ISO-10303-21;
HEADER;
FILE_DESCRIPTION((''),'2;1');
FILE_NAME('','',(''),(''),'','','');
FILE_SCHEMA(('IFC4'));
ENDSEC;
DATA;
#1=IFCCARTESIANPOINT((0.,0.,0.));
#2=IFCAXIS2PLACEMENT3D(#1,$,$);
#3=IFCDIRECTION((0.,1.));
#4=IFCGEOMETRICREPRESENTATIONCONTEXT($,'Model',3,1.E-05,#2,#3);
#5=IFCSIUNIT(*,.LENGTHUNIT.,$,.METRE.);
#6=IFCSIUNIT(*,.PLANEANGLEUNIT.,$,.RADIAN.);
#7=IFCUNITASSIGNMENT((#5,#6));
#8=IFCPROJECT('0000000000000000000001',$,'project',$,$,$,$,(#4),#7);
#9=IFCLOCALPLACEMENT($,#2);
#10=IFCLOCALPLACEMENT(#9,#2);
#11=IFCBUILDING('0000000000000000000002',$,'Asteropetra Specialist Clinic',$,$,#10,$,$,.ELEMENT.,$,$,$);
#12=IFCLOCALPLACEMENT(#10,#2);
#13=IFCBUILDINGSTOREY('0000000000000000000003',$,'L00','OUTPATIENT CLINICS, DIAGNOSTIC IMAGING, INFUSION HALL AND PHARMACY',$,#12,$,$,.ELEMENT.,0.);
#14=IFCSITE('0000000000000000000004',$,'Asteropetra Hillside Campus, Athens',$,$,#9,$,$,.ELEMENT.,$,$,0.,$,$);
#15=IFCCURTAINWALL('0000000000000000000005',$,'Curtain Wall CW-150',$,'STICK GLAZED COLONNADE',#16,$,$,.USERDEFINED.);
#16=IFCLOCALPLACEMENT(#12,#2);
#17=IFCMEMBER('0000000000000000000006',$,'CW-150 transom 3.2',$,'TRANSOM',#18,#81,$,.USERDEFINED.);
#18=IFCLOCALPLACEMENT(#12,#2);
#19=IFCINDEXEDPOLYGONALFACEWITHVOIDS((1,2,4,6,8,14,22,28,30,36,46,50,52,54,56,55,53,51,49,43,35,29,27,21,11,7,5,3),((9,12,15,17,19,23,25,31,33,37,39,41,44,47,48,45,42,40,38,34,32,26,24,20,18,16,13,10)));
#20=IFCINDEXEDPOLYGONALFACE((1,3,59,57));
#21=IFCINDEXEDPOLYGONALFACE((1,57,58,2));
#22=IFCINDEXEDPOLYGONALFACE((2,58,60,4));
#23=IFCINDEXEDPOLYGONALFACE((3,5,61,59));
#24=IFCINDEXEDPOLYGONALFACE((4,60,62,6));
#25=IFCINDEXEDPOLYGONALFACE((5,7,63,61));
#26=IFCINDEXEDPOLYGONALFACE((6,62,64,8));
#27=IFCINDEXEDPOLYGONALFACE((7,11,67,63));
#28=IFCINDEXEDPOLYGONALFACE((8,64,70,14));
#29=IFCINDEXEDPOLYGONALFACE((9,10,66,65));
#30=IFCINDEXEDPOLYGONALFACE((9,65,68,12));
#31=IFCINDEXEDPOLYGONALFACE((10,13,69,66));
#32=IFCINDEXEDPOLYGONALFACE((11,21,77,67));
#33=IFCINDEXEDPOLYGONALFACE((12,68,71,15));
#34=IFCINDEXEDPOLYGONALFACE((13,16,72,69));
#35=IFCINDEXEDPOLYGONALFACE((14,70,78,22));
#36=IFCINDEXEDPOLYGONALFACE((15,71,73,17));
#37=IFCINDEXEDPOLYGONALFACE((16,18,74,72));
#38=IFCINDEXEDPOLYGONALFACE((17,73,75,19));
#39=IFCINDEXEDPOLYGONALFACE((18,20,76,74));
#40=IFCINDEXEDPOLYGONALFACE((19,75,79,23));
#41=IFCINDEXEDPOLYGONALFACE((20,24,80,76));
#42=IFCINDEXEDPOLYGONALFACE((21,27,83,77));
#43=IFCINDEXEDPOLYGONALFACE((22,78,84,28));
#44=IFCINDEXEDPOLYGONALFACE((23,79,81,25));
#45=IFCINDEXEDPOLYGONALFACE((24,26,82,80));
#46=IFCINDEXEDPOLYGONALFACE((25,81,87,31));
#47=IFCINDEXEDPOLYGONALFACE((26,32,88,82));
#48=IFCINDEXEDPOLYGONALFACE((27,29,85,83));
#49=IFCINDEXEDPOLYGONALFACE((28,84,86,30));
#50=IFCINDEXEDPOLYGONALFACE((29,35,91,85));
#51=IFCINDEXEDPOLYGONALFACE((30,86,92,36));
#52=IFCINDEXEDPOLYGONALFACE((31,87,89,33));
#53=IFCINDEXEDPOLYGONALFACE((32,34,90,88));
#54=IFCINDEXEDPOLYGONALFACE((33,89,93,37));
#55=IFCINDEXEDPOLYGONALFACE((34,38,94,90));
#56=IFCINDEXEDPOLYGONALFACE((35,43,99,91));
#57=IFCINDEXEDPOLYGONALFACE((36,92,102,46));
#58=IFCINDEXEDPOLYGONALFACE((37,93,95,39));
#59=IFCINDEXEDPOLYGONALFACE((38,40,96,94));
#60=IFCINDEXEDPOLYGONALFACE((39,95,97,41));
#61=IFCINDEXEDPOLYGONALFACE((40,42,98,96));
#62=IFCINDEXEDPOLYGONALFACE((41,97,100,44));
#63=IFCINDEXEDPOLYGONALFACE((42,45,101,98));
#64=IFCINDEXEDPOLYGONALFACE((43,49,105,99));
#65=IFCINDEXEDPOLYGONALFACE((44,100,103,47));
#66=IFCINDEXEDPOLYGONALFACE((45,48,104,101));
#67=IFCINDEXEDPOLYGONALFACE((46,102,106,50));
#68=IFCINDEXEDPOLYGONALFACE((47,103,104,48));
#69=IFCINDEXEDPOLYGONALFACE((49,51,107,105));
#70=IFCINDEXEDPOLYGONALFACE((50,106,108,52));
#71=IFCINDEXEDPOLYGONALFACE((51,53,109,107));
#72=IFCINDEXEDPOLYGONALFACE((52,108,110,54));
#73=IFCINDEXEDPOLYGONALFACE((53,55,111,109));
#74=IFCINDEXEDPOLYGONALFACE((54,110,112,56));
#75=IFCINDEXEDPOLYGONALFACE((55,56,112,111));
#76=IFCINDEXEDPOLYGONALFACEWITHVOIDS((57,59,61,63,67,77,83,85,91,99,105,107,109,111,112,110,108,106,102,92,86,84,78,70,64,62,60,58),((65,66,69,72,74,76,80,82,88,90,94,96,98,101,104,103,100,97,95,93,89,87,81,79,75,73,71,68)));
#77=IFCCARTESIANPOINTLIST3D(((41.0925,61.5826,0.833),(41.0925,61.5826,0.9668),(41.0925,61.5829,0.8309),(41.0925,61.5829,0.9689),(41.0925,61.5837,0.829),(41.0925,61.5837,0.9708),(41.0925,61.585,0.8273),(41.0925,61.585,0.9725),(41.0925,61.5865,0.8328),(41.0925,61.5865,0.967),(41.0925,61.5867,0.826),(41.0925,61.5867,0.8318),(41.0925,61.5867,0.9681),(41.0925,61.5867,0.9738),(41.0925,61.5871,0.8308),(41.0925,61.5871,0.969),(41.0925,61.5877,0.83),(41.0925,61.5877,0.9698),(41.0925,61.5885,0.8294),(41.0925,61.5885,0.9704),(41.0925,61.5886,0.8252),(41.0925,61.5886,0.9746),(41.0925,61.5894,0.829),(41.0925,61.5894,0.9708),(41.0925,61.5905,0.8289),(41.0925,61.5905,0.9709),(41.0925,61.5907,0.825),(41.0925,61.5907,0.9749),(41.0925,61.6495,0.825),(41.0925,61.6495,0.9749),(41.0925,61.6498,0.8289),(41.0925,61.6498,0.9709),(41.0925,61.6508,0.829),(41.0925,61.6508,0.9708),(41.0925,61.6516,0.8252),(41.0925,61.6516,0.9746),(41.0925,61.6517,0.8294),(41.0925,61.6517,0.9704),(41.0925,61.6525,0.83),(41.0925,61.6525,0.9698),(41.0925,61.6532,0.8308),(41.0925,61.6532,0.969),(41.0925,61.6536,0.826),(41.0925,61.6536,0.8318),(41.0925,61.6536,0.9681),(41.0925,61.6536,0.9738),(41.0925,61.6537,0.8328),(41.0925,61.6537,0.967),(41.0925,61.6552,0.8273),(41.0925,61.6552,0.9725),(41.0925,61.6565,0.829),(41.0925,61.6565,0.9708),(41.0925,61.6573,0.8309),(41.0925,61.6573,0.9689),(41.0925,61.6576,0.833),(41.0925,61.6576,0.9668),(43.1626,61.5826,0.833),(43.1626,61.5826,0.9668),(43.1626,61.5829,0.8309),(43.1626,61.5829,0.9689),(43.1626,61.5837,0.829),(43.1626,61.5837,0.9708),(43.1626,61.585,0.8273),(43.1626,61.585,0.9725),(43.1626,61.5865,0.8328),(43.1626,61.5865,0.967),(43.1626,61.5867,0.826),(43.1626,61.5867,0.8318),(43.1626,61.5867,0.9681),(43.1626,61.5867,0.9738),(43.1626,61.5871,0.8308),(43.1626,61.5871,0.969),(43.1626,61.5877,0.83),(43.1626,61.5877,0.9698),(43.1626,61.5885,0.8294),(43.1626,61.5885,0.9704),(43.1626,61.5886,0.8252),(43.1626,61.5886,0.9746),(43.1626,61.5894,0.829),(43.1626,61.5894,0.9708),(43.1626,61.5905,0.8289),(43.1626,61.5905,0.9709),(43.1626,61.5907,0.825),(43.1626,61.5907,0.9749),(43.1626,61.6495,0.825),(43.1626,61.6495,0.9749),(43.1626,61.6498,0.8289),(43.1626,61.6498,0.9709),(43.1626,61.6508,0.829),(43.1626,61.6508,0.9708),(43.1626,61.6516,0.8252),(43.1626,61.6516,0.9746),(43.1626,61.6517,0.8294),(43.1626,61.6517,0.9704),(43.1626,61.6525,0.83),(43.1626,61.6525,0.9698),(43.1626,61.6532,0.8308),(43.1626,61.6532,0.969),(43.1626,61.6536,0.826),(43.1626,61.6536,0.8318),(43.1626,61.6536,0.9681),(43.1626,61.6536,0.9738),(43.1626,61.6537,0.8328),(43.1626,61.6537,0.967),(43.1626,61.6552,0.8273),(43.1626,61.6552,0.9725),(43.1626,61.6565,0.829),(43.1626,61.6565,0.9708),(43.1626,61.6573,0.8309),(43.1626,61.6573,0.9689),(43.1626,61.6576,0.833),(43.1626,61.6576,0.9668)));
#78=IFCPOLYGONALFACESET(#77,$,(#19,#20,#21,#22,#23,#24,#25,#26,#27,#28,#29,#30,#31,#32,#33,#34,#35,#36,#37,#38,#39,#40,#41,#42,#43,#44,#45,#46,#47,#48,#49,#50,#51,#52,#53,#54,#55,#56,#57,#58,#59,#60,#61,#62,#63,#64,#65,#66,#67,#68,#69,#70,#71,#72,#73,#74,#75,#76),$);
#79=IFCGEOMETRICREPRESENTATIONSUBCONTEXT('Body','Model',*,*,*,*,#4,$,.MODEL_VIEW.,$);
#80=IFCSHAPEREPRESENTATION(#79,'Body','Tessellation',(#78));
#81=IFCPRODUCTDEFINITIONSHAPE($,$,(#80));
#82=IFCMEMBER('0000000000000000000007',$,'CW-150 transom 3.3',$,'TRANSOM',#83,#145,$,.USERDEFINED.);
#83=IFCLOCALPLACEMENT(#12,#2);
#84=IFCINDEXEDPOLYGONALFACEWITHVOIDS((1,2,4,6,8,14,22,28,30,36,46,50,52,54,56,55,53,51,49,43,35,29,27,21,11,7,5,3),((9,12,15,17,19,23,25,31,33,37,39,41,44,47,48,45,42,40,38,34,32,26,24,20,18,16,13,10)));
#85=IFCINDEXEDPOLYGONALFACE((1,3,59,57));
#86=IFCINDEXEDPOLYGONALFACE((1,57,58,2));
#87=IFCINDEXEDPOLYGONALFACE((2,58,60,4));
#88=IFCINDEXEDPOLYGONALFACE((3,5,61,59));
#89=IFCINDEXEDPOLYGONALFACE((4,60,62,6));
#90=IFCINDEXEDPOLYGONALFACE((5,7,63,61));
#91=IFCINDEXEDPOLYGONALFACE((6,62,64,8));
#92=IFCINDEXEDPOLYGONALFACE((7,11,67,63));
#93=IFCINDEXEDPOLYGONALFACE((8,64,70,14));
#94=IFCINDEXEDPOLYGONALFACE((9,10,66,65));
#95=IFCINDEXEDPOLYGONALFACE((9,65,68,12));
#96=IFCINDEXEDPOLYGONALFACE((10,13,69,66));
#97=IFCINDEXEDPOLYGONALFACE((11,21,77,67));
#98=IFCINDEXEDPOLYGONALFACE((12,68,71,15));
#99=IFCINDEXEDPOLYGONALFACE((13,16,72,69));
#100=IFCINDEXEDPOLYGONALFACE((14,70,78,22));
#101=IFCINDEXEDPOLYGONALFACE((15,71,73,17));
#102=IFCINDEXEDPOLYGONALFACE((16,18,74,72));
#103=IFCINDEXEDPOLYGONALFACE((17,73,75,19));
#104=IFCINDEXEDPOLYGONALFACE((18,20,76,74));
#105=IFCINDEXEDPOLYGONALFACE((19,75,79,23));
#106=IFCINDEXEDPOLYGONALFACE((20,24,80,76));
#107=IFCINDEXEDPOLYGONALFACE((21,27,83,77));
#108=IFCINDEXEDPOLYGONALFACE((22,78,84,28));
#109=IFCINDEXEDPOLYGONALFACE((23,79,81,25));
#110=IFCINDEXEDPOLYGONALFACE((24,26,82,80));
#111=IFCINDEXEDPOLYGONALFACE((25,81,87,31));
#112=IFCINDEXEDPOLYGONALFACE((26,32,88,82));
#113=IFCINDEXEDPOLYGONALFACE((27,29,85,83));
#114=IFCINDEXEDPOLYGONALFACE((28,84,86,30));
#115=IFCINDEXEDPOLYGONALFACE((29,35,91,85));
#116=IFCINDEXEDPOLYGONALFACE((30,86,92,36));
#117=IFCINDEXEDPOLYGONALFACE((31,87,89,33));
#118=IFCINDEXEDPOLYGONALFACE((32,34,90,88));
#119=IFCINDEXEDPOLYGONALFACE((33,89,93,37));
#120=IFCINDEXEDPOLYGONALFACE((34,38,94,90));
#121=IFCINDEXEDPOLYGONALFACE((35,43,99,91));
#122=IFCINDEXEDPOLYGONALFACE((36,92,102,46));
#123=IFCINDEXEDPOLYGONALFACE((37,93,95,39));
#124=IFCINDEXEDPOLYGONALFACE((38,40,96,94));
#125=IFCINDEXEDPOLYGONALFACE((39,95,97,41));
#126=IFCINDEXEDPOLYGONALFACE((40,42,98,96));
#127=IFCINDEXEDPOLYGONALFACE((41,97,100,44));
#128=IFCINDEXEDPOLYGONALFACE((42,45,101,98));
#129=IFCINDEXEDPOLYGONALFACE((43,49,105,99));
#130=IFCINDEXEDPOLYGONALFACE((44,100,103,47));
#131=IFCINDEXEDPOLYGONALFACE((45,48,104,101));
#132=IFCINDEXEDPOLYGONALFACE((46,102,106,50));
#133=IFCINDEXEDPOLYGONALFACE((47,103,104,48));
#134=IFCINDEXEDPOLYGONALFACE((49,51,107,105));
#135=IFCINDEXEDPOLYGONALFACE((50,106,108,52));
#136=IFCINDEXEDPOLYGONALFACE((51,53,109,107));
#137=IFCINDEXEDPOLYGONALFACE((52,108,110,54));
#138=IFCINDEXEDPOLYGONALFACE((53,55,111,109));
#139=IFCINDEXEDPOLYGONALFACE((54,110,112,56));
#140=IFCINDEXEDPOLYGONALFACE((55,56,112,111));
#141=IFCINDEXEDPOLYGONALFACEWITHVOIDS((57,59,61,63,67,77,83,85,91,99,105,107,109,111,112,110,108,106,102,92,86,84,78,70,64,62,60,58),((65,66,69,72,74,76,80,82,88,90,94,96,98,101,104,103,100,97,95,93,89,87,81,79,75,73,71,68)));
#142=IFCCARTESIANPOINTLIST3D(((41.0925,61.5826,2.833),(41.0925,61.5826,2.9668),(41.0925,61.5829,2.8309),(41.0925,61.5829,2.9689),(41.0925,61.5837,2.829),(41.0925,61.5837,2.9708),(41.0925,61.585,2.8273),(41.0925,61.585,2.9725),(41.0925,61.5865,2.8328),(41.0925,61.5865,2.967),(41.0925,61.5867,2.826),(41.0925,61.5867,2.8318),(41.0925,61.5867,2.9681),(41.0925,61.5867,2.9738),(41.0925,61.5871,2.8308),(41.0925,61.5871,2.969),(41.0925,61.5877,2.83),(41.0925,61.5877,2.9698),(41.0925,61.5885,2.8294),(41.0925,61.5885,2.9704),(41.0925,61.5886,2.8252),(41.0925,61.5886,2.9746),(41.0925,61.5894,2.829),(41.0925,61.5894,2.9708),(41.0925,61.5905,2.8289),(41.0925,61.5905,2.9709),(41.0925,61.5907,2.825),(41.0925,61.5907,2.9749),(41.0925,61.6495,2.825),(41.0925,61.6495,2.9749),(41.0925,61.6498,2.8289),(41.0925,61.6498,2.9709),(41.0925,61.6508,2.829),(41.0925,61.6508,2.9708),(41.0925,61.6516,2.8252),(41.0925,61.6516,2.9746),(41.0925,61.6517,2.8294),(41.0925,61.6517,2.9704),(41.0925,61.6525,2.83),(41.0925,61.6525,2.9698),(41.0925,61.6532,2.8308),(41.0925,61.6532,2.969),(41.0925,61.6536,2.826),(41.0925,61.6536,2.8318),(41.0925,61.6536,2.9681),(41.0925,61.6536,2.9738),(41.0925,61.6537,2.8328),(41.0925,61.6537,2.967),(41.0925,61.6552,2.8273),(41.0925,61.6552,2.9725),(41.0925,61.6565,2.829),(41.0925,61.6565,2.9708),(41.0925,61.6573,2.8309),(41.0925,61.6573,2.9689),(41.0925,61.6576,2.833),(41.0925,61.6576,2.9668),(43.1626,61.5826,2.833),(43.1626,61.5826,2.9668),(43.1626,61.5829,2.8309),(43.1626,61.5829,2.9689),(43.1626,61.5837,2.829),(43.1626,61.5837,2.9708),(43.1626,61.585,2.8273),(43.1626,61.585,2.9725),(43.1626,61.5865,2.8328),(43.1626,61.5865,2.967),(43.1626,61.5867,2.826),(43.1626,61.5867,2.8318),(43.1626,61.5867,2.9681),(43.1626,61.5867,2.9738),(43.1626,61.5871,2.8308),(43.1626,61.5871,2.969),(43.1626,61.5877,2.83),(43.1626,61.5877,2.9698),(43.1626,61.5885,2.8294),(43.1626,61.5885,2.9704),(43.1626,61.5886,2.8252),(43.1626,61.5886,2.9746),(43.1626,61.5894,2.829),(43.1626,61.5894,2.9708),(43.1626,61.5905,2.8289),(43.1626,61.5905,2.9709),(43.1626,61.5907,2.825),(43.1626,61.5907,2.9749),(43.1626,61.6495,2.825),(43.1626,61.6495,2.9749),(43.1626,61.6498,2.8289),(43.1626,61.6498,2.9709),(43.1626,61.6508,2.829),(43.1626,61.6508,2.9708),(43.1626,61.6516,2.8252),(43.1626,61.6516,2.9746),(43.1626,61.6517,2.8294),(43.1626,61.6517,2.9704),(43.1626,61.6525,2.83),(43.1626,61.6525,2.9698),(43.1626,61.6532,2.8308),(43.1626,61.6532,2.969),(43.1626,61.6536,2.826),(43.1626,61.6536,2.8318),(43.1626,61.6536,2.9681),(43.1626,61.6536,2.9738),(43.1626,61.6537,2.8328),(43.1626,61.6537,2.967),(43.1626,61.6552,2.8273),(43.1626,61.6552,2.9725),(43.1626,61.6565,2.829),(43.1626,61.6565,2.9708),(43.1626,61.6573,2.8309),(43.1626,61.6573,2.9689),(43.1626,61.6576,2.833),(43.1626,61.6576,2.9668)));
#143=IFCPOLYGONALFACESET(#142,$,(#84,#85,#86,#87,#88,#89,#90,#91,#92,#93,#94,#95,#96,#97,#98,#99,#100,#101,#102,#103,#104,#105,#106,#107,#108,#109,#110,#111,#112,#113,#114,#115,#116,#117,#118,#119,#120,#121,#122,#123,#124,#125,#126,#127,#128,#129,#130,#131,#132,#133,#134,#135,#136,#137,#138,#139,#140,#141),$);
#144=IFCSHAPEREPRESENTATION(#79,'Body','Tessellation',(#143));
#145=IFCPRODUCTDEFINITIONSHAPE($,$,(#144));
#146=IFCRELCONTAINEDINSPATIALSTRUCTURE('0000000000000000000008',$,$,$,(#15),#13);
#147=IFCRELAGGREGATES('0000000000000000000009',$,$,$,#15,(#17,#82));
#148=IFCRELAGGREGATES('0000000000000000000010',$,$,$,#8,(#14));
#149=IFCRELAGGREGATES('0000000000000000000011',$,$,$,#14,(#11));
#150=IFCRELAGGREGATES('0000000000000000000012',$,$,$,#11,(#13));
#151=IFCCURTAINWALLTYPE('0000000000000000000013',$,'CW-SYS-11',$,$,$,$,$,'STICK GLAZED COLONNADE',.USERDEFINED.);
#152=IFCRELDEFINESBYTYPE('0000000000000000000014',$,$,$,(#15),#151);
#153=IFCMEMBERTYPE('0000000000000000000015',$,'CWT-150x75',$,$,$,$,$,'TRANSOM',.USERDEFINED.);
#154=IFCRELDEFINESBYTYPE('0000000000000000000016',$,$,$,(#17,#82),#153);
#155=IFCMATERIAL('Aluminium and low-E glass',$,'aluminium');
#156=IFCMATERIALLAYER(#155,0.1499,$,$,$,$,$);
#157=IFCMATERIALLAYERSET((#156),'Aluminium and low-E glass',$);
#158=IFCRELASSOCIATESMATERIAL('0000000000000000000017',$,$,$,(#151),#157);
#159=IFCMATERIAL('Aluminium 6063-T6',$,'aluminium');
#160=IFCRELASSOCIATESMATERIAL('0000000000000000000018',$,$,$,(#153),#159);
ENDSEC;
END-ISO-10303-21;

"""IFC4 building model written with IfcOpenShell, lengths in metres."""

from ifc_helpers import new_model, si_unit, direction, frame, origin, origin_2d, place, context, subcontext, project, spatial, hollow_rectangle, extrude, material, layer, layer_set, material_profile, profile_set, type_object, element, aggregate, save


model = new_model("IFC4")

# Units and contexts
model_context = context("Model", 3, precision=1e-05, world=origin(), true_north=direction((0.0, 1.0)))
body_context = subcontext(model_context, "Body", "Model", "MODEL_VIEW")
ifc_project = project(units=[si_unit("LENGTHUNIT", "METRE"), si_unit("PLANEANGLEUNIT", "RADIAN")], contexts=[model_context])

# Site, building, storey
site_placement = place(None, origin())
site = spatial("IfcSite", under=ifc_project, at=site_placement, Name="Asteropetra Hillside Campus, Athens", CompositionType="ELEMENT", RefElevation=0.0)
building_placement = place(site_placement, origin())
building = spatial("IfcBuilding", under=site, at=building_placement, Name="Asteropetra Specialist Clinic", CompositionType="ELEMENT")
storey_placement = place(building_placement, origin())
storey = spatial("IfcBuildingStorey", under=building, at=storey_placement, Name="L00", Description="OUTPATIENT CLINICS, DIAGNOSTIC IMAGING, INFUSION HALL AND PHARMACY", CompositionType="ELEMENT", Elevation=0.0)

# Curtain wall, members
ifc_material_1 = material(Name="Aluminium and low-E glass", Category="aluminium")
ifc_layer_1 = layer(ifc_material_1, 0.1499)
ifc_layer_set_1 = layer_set([ifc_layer_1], Name="Aluminium and low-E glass")
curtain_wall_type = type_object("IfcCurtainWallType", Name="CW-SYS-11", ElementType="STICK GLAZED COLONNADE", PredefinedType="USERDEFINED", material=ifc_layer_set_1)
curtain_wall_placement = place(storey_placement, origin())
curtain_wall = element("IfcCurtainWall", 1, at=curtain_wall_placement, inside=storey, type_object=curtain_wall_type, Name="Curtain Wall CW-150", ObjectType="STICK GLAZED COLONNADE", PredefinedType="USERDEFINED")
ifc_material_2 = material(Name="Aluminium 6063-T6", Category="aluminium")
ifc_material_profile_1 = material_profile(ifc_material_2, hollow_rectangle(XDim=0.075, YDim=0.1499, WallThickness=0.0039, InnerFilletRadius=0.0039, OuterFilletRadius=0.0081, at=origin_2d()), Name="TRN 150x75x4.0")
ifc_profile_set_1 = profile_set([ifc_material_profile_1], Name="Aluminium 6063-T6")
member_type_1 = type_object("IfcMemberType", Name="CWT-150x75", ElementType="TRANSOM", PredefinedType="USERDEFINED", material=ifc_profile_set_1)
member_1_placement = place(storey_placement, frame((43.1626, 61.6201, 0.8999), z_axis=(-1.0, 0.0, 0.0), x_axis=(0.0, -1.0, 0.0)))
member_1 = element("IfcMember", 2, at=member_1_placement, type_object=member_type_1, Name="CW-150 transom 3.2", ObjectType="TRANSOM", PredefinedType="USERDEFINED", context=body_context, shape_type="SweptSolid", body=[
    extrude(hollow_rectangle(XDim=0.075, YDim=0.1499, WallThickness=0.0039, InnerFilletRadius=0.0039, OuterFilletRadius=0.0081, at=origin_2d()), origin(), (0.0, 0.0, 1.0), 2.0701),
])
member_2_placement = place(storey_placement, frame((43.1626, 61.6201, 2.8999), z_axis=(-1.0, 0.0, 0.0), x_axis=(0.0, -1.0, 0.0)))
member_2 = element("IfcMember", 3, at=member_2_placement, type_object=member_type_1, Name="CW-150 transom 3.3", ObjectType="TRANSOM", PredefinedType="USERDEFINED", context=body_context, shape_type="SweptSolid", body=[
    extrude(hollow_rectangle(XDim=0.075, YDim=0.1499, WallThickness=0.0039, InnerFilletRadius=0.0039, OuterFilletRadius=0.0081, at=origin_2d()), origin(), (0.0, 0.0, 1.0), 2.0701),
])
aggregate(curtain_wall, [member_1, member_2])

save(model, "model.ifc")
